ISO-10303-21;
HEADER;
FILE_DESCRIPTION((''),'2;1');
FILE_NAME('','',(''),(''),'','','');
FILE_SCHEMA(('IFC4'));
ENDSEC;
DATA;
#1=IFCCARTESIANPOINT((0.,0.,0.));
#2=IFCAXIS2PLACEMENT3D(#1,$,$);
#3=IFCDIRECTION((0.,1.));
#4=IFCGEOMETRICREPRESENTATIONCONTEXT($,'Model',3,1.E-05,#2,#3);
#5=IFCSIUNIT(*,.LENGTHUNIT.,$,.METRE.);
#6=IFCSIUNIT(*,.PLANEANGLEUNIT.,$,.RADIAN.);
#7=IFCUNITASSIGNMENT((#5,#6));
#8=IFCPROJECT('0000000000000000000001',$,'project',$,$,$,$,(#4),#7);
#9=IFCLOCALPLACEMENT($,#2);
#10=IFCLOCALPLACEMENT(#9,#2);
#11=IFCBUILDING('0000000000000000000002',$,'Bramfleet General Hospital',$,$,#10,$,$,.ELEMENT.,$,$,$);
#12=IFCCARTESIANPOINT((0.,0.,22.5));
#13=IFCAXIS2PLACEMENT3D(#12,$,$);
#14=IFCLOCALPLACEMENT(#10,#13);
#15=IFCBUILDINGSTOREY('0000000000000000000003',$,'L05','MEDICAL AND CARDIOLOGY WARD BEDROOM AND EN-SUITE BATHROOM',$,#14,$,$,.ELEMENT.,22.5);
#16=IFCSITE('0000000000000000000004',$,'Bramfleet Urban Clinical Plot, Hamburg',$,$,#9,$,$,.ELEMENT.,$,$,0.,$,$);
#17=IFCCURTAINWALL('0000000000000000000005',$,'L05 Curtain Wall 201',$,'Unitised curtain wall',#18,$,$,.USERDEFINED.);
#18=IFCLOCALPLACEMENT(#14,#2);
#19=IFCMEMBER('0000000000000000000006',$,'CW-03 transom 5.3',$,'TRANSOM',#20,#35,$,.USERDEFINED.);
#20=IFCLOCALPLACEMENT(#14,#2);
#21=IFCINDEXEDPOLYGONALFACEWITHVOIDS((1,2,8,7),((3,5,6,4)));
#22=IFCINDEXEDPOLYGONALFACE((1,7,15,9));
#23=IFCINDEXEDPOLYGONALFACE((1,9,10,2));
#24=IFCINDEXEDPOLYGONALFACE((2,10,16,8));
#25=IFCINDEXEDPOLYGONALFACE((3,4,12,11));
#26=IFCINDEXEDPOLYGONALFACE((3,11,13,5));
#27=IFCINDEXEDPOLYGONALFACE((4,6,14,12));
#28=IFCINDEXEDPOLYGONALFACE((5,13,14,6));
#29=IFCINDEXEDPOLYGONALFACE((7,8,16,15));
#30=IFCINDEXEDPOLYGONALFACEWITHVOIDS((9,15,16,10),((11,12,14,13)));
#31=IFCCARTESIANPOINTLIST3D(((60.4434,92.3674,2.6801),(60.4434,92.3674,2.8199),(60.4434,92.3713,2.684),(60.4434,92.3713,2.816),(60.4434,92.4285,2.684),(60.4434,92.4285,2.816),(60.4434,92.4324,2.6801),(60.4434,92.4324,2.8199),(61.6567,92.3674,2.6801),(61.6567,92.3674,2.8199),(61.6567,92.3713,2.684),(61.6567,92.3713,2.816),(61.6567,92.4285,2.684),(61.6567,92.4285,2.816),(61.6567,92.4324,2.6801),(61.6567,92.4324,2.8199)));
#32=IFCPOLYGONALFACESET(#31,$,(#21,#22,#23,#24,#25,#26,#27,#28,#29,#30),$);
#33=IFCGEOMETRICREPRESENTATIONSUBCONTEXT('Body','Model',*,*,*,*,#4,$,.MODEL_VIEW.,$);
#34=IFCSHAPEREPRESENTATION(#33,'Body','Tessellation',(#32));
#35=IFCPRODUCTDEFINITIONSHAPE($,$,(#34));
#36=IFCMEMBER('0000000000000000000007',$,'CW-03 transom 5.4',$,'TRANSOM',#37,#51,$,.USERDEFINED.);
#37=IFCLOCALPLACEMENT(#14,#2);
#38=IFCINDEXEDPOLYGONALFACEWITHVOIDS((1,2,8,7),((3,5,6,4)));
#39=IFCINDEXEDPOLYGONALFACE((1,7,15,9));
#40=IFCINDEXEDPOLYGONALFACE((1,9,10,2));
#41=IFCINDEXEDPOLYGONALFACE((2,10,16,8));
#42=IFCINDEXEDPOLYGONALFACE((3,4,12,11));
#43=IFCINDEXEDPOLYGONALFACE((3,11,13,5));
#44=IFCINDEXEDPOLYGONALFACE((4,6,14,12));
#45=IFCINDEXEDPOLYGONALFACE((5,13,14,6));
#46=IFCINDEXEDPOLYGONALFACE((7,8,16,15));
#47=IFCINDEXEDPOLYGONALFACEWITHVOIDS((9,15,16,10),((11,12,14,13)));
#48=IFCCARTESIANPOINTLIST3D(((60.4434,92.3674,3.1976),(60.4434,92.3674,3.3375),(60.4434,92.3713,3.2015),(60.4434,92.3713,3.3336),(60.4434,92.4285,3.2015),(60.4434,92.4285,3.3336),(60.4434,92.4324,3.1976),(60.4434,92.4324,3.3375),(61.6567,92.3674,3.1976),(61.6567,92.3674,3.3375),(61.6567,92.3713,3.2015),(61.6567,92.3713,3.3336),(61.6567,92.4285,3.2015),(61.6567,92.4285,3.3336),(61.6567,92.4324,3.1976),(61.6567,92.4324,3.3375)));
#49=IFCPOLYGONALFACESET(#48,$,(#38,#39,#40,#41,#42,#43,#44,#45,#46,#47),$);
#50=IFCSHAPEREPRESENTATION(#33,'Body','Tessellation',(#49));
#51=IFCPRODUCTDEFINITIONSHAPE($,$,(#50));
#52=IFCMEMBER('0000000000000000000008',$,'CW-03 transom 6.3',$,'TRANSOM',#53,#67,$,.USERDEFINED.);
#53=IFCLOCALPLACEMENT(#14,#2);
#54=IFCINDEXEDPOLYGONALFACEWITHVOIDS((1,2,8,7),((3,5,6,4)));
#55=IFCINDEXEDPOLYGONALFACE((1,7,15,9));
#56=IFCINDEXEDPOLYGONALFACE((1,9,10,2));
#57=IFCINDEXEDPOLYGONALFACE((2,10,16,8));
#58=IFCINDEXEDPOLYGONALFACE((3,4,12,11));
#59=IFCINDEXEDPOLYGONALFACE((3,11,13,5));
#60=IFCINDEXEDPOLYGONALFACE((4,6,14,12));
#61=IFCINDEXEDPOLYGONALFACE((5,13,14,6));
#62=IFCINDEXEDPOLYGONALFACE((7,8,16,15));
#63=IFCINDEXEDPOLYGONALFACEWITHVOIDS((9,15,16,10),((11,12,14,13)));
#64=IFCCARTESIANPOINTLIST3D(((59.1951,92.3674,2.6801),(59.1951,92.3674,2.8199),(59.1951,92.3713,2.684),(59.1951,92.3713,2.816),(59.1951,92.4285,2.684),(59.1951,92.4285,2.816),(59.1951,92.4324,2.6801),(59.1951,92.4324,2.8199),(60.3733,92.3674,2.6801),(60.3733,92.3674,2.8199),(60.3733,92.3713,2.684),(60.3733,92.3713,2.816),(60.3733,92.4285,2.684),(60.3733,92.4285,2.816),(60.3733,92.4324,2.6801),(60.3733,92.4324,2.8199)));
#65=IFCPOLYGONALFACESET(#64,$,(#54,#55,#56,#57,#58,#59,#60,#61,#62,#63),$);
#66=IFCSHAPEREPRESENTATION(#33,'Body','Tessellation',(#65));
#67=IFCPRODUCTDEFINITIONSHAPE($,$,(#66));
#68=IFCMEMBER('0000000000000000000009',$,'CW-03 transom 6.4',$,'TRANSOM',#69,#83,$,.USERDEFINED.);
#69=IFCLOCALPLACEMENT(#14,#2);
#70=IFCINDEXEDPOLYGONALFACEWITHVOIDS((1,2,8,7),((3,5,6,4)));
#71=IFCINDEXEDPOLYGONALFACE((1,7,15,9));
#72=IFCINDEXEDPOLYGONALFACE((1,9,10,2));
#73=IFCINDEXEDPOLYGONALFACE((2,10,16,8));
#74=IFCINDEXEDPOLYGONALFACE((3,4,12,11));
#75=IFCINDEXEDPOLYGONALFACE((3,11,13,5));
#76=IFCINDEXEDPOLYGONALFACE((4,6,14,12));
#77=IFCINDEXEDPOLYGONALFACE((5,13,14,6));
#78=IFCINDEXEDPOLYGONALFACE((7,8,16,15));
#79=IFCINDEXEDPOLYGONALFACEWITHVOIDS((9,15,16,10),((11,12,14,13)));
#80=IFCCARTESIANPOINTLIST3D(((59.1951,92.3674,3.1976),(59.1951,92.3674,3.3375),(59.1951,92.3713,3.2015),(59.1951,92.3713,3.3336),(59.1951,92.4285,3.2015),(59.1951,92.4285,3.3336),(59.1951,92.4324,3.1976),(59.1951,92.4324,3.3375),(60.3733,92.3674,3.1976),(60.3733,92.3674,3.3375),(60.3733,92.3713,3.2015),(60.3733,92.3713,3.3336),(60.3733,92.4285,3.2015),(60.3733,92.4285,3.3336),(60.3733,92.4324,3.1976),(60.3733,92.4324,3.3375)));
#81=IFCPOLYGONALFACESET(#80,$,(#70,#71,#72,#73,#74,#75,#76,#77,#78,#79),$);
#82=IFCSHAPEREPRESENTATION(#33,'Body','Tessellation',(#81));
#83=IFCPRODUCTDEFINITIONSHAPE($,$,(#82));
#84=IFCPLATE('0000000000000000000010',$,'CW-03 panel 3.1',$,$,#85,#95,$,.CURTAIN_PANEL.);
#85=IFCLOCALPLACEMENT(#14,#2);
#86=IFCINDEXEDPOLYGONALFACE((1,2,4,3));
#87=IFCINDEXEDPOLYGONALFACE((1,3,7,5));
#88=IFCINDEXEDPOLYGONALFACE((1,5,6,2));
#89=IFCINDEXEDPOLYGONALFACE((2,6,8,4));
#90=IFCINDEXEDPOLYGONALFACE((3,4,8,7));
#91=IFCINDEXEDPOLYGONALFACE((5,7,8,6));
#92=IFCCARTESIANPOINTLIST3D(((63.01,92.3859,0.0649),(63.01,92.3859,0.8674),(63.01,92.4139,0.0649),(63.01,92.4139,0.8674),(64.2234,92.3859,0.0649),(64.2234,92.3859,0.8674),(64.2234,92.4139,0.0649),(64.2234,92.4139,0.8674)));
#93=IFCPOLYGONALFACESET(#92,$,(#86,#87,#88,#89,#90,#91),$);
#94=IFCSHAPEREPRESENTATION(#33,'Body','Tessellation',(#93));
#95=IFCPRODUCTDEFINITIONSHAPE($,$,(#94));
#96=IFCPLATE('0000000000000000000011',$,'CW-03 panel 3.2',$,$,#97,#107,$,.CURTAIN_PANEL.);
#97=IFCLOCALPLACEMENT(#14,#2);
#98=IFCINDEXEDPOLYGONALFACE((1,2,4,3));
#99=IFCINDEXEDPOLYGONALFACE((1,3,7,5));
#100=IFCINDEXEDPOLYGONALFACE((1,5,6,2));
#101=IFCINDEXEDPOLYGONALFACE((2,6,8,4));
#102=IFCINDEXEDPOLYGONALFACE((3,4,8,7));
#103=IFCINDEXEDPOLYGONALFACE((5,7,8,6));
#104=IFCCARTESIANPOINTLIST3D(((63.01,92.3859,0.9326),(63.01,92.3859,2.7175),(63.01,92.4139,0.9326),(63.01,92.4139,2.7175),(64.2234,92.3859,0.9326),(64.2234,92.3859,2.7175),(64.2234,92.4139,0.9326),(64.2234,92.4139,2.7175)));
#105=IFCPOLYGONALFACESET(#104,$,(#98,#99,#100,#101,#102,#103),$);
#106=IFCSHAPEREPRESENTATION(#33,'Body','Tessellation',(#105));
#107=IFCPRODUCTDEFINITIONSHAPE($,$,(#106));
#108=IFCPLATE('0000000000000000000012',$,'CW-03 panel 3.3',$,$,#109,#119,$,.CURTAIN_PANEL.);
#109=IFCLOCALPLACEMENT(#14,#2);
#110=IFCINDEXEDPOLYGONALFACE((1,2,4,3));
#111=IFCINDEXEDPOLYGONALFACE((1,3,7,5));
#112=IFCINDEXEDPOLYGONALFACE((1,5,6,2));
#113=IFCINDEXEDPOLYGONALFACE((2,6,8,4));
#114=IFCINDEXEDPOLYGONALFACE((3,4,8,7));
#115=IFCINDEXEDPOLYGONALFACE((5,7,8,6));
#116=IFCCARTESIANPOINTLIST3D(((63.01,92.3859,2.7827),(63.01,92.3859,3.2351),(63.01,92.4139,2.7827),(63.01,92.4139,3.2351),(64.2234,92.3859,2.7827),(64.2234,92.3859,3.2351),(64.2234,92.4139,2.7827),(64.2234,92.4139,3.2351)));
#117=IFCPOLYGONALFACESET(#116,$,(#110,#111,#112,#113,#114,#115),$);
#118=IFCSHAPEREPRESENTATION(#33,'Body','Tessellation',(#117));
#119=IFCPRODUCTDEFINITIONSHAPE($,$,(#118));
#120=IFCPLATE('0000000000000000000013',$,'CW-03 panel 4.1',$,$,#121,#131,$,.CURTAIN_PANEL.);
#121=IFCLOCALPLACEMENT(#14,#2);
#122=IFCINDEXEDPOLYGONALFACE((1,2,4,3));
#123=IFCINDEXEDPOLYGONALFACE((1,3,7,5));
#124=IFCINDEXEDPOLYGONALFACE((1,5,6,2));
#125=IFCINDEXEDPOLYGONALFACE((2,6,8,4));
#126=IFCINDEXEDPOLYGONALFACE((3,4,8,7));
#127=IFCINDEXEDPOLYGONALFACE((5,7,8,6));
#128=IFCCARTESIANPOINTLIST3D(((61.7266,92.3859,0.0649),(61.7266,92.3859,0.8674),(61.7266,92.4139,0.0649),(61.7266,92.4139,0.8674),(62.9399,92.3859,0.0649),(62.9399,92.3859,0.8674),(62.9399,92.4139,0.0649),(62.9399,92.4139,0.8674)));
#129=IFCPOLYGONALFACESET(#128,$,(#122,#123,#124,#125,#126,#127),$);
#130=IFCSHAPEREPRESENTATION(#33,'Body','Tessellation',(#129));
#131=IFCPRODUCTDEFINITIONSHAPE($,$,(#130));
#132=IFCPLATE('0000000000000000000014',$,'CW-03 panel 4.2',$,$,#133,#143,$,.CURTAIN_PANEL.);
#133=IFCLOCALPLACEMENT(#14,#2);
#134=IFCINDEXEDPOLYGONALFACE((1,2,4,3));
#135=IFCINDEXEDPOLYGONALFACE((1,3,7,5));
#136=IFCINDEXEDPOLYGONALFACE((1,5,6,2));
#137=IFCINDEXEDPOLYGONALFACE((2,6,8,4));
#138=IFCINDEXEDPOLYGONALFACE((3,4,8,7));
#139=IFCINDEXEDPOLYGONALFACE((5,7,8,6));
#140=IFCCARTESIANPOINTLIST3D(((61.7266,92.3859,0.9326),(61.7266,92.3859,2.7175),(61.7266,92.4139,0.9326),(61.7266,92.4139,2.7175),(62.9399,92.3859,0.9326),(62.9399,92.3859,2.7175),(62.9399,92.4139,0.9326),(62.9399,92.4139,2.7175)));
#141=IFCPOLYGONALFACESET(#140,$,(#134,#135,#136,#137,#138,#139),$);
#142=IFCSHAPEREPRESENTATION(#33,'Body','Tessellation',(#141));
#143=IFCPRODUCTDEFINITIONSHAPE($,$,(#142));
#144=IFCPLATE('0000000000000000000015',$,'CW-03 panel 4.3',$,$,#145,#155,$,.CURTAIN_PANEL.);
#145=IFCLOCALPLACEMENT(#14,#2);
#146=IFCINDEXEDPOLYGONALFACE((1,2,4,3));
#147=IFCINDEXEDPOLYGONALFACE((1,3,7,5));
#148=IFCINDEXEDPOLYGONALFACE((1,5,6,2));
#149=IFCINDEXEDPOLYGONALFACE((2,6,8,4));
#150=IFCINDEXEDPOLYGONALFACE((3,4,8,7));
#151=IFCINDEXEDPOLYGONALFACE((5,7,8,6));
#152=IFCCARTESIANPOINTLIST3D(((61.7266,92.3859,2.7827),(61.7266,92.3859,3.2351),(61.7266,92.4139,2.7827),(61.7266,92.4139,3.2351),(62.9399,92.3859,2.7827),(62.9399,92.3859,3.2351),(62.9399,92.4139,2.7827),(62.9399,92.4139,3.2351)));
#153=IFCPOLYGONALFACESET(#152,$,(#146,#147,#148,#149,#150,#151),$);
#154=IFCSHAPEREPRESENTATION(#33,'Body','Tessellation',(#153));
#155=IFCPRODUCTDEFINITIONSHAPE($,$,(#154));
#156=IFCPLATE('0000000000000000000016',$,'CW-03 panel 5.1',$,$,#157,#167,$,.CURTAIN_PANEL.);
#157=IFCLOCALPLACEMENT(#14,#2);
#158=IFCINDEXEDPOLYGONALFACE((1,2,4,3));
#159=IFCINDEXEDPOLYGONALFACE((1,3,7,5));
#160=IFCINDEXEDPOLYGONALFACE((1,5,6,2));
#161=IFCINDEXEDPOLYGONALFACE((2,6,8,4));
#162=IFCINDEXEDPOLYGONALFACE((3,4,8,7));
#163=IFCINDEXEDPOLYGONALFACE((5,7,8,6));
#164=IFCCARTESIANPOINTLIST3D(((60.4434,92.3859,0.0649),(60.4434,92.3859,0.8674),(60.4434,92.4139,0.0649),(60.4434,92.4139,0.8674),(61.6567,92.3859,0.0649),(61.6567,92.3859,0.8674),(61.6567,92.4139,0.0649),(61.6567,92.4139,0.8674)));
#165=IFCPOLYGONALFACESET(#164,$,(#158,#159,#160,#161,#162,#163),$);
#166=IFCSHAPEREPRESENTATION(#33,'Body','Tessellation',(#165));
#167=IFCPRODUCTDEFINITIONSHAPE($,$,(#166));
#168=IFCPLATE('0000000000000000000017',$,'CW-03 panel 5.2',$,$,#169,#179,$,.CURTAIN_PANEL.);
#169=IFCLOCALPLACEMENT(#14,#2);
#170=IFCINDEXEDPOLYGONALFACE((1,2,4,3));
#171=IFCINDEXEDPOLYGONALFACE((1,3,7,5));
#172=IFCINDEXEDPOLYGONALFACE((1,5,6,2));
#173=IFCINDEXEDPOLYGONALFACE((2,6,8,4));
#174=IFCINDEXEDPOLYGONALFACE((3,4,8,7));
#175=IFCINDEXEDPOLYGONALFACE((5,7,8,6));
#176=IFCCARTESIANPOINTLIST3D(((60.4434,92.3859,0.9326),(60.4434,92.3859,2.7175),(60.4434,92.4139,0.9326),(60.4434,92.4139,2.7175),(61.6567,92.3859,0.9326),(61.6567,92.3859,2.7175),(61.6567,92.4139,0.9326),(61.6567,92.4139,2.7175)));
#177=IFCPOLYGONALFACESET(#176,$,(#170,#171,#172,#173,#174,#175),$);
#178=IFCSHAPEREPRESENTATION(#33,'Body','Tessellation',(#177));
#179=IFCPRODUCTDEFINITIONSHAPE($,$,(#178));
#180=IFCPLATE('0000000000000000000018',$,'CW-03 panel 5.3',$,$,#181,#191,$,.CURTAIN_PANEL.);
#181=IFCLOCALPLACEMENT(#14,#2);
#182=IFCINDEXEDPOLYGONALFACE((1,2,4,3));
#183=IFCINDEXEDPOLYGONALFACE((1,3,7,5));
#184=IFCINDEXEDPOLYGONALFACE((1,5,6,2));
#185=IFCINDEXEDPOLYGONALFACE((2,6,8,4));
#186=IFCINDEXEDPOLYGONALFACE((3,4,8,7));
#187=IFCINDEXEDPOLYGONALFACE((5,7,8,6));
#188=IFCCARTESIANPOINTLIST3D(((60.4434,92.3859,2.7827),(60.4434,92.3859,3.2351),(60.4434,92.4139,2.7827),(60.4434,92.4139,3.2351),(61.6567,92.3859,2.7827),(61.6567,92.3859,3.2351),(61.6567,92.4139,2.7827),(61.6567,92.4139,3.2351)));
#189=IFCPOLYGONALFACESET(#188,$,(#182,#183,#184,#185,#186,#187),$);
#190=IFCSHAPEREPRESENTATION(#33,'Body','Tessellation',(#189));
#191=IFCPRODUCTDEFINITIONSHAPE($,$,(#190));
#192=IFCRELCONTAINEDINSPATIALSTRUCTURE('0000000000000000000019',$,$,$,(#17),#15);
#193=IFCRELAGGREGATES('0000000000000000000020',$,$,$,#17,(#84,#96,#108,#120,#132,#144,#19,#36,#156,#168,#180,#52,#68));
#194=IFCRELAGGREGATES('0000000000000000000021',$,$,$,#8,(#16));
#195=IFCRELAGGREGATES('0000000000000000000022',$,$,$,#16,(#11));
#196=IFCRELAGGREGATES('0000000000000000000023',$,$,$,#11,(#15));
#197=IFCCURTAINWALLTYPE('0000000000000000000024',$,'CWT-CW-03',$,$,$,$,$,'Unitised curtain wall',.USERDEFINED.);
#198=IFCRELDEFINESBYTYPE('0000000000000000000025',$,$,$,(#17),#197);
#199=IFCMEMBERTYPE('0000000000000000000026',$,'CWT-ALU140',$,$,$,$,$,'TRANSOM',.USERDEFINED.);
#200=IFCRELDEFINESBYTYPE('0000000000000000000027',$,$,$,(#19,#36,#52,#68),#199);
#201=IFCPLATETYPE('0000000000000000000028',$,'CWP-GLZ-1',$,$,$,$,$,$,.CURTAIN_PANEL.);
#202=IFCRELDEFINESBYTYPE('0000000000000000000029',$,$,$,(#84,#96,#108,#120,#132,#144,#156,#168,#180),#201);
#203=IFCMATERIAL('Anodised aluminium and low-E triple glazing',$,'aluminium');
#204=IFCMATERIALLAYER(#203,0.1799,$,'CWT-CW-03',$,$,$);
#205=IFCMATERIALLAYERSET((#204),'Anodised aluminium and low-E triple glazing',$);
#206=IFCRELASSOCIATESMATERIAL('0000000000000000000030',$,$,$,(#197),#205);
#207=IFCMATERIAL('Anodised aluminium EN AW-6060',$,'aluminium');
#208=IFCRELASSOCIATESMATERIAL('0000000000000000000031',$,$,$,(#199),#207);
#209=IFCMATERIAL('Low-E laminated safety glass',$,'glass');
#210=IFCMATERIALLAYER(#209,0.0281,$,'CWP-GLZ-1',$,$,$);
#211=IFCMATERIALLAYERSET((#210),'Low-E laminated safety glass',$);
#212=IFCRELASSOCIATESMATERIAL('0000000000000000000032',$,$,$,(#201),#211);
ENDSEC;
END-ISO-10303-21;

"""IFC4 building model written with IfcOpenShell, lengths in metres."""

from ifc_helpers import new_model, si_unit, direction, frame, origin, origin_2d, place, context, subcontext, project, spatial, rectangle, hollow_rectangle, extrude, material, layer, layer_set, material_profile, profile_set, type_object, element, aggregate, save


model = new_model("IFC4")

# Units and contexts
model_context = context("Model", 3, precision=1e-05, world=origin(), true_north=direction((0.0, 1.0)))
body_context = subcontext(model_context, "Body", "Model", "MODEL_VIEW")
ifc_project = project(units=[si_unit("LENGTHUNIT", "METRE"), si_unit("PLANEANGLEUNIT", "RADIAN")], contexts=[model_context])

# Site, building, storey
site_placement = place(None, origin())
site = spatial("IfcSite", under=ifc_project, at=site_placement, Name="Bramfleet Urban Clinical Plot, Hamburg", CompositionType="ELEMENT", RefElevation=0.0)
building_placement = place(site_placement, origin())
building = spatial("IfcBuilding", under=site, at=building_placement, Name="Bramfleet General Hospital", CompositionType="ELEMENT")
storey_placement = place(building_placement, frame((0.0, 0.0, 22.5)))
storey = spatial("IfcBuildingStorey", under=building, at=storey_placement, Name="L05", Description="MEDICAL AND CARDIOLOGY WARD BEDROOM AND EN-SUITE BATHROOM", CompositionType="ELEMENT", Elevation=22.5)

# Curtain wall, members, plates
ifc_material_1 = material(Name="Anodised aluminium and low-E triple glazing", Category="aluminium")
ifc_layer_1 = layer(ifc_material_1, 0.1799, Name="CWT-CW-03")
ifc_layer_set_1 = layer_set([ifc_layer_1], Name="Anodised aluminium and low-E triple glazing")
curtain_wall_type = type_object("IfcCurtainWallType", Name="CWT-CW-03", ElementType="Unitised curtain wall", PredefinedType="USERDEFINED", material=ifc_layer_set_1)
curtain_wall_placement = place(storey_placement, origin())
curtain_wall = element("IfcCurtainWall", 1, at=curtain_wall_placement, inside=storey, type_object=curtain_wall_type, Name="L05 Curtain Wall 201", ObjectType="Unitised curtain wall", PredefinedType="USERDEFINED")
ifc_material_2 = material(Name="Anodised aluminium EN AW-6060", Category="aluminium")
ifc_material_profile_1 = material_profile(ifc_material_2, hollow_rectangle(XDim=0.0649, YDim=0.1399, WallThickness=0.0039, at=origin_2d()), Name="ALU 140x65x4.0")
ifc_profile_set_1 = profile_set([ifc_material_profile_1], Name="Anodised aluminium EN AW-6060")
member_type_1 = type_object("IfcMemberType", Name="CWT-ALU140", ElementType="TRANSOM", PredefinedType="USERDEFINED", material=ifc_profile_set_1)
member_1_placement = place(storey_placement, frame((61.6567, 92.3999, 2.75), z_axis=(-1.0, 0.0, 0.0), x_axis=(0.0, -1.0, 0.0)))
member_1 = element("IfcMember", 2, at=member_1_placement, type_object=member_type_1, Name="CW-03 transom 5.3", ObjectType="TRANSOM", PredefinedType="USERDEFINED", context=body_context, shape_type="SweptSolid", body=[
    extrude(hollow_rectangle(XDim=0.0649, YDim=0.1399, WallThickness=0.0039, at=origin_2d()), origin(), (0.0, 0.0, 1.0), 1.2134),
])
member_2_placement = place(storey_placement, frame((61.6567, 92.3999, 3.2676), z_axis=(-1.0, 0.0, 0.0), x_axis=(0.0, -1.0, 0.0)))
member_2 = element("IfcMember", 3, at=member_2_placement, type_object=member_type_1, Name="CW-03 transom 5.4", ObjectType="TRANSOM", PredefinedType="USERDEFINED", context=body_context, shape_type="SweptSolid", body=[
    extrude(hollow_rectangle(XDim=0.0649, YDim=0.1399, WallThickness=0.0039, at=origin_2d()), origin(), (0.0, 0.0, 1.0), 1.2134),
])
member_3_placement = place(storey_placement, frame((60.3733, 92.3999, 2.75), z_axis=(-1.0, 0.0, 0.0), x_axis=(0.0, -1.0, 0.0)))
member_3 = element("IfcMember", 4, at=member_3_placement, type_object=member_type_1, Name="CW-03 transom 6.3", ObjectType="TRANSOM", PredefinedType="USERDEFINED", context=body_context, shape_type="SweptSolid", body=[
    extrude(hollow_rectangle(XDim=0.0649, YDim=0.1399, WallThickness=0.0039, at=origin_2d()), origin(), (0.0, 0.0, 1.0), 1.1782),
])
member_4_placement = place(storey_placement, frame((60.3733, 92.3999, 3.2676), z_axis=(-1.0, 0.0, 0.0), x_axis=(0.0, -1.0, 0.0)))
member_4 = element("IfcMember", 5, at=member_4_placement, type_object=member_type_1, Name="CW-03 transom 6.4", ObjectType="TRANSOM", PredefinedType="USERDEFINED", context=body_context, shape_type="SweptSolid", body=[
    extrude(hollow_rectangle(XDim=0.0649, YDim=0.1399, WallThickness=0.0039, at=origin_2d()), origin(), (0.0, 0.0, 1.0), 1.1782),
])
ifc_material_3 = material(Name="Low-E laminated safety glass", Category="glass")
ifc_layer_2 = layer(ifc_material_3, 0.0281, Name="CWP-GLZ-1")
ifc_layer_set_2 = layer_set([ifc_layer_2], Name="Low-E laminated safety glass")
plate_type = type_object("IfcPlateType", Name="CWP-GLZ-1", PredefinedType="CURTAIN_PANEL", material=ifc_layer_set_2)
plate_1_placement = place(storey_placement, frame((63.6167, 92.3999, 0.0649), z_axis=(0.0, 0.0, 1.0), x_axis=(-1.0, 0.0, 0.0)))
plate_1 = element("IfcPlate", 6, at=plate_1_placement, type_object=plate_type, Name="CW-03 panel 3.1", PredefinedType="CURTAIN_PANEL", context=body_context, shape_type="SweptSolid", body=[
    extrude(rectangle(XDim=1.2134, YDim=0.0281, at=origin_2d()), origin(), (0.0, 0.0, 1.0), 0.8025),
])
plate_2_placement = place(storey_placement, frame((63.6167, 92.3999, 0.9326), z_axis=(0.0, 0.0, 1.0), x_axis=(-1.0, 0.0, 0.0)))
plate_2 = element("IfcPlate", 7, at=plate_2_placement, type_object=plate_type, Name="CW-03 panel 3.2", PredefinedType="CURTAIN_PANEL", context=body_context, shape_type="SweptSolid", body=[
    extrude(rectangle(XDim=1.2134, YDim=0.0281, at=origin_2d()), origin(), (0.0, 0.0, 1.0), 1.7849),
])
plate_3_placement = place(storey_placement, frame((63.6167, 92.3999, 2.7827), z_axis=(0.0, 0.0, 1.0), x_axis=(-1.0, 0.0, 0.0)))
plate_3 = element("IfcPlate", 8, at=plate_3_placement, type_object=plate_type, Name="CW-03 panel 3.3", PredefinedType="CURTAIN_PANEL", context=body_context, shape_type="SweptSolid", body=[
    extrude(rectangle(XDim=1.2134, YDim=0.0281, at=origin_2d()), origin(), (0.0, 0.0, 1.0), 0.4524),
])
plate_4_placement = place(storey_placement, frame((62.3333, 92.3999, 0.0649), z_axis=(0.0, 0.0, 1.0), x_axis=(-1.0, 0.0, 0.0)))
plate_4 = element("IfcPlate", 9, at=plate_4_placement, type_object=plate_type, Name="CW-03 panel 4.1", PredefinedType="CURTAIN_PANEL", context=body_context, shape_type="SweptSolid", body=[
    extrude(rectangle(XDim=1.2134, YDim=0.0281, at=origin_2d()), origin(), (0.0, 0.0, 1.0), 0.8025),
])
plate_5_placement = place(storey_placement, frame((62.3333, 92.3999, 0.9326), z_axis=(0.0, 0.0, 1.0), x_axis=(-1.0, 0.0, 0.0)))
plate_5 = element("IfcPlate", 10, at=plate_5_placement, type_object=plate_type, Name="CW-03 panel 4.2", PredefinedType="CURTAIN_PANEL", context=body_context, shape_type="SweptSolid", body=[
    extrude(rectangle(XDim=1.2134, YDim=0.0281, at=origin_2d()), origin(), (0.0, 0.0, 1.0), 1.7849),
])
plate_6_placement = place(storey_placement, frame((62.3333, 92.3999, 2.7827), z_axis=(0.0, 0.0, 1.0), x_axis=(-1.0, 0.0, 0.0)))
plate_6 = element("IfcPlate", 11, at=plate_6_placement, type_object=plate_type, Name="CW-03 panel 4.3", PredefinedType="CURTAIN_PANEL", context=body_context, shape_type="SweptSolid", body=[
    extrude(rectangle(XDim=1.2134, YDim=0.0281, at=origin_2d()), origin(), (0.0, 0.0, 1.0), 0.4524),
])
plate_7_placement = place(storey_placement, frame((61.05, 92.3999, 0.0649), z_axis=(0.0, 0.0, 1.0), x_axis=(-1.0, 0.0, 0.0)))
plate_7 = element("IfcPlate", 12, at=plate_7_placement, type_object=plate_type, Name="CW-03 panel 5.1", PredefinedType="CURTAIN_PANEL", context=body_context, shape_type="SweptSolid", body=[
    extrude(rectangle(XDim=1.2134, YDim=0.0281, at=origin_2d()), origin(), (0.0, 0.0, 1.0), 0.8025),
])
plate_8_placement = place(storey_placement, frame((61.05, 92.3999, 0.9326), z_axis=(0.0, 0.0, 1.0), x_axis=(-1.0, 0.0, 0.0)))
plate_8 = element("IfcPlate", 13, at=plate_8_placement, type_object=plate_type, Name="CW-03 panel 5.2", PredefinedType="CURTAIN_PANEL", context=body_context, shape_type="SweptSolid", body=[
    extrude(rectangle(XDim=1.2134, YDim=0.0281, at=origin_2d()), origin(), (0.0, 0.0, 1.0), 1.7849),
])
plate_9_placement = place(storey_placement, frame((61.05, 92.3999, 2.7827), z_axis=(0.0, 0.0, 1.0), x_axis=(-1.0, 0.0, 0.0)))
plate_9 = element("IfcPlate", 14, at=plate_9_placement, type_object=plate_type, Name="CW-03 panel 5.3", PredefinedType="CURTAIN_PANEL", context=body_context, shape_type="SweptSolid", body=[
    extrude(rectangle(XDim=1.2134, YDim=0.0281, at=origin_2d()), origin(), (0.0, 0.0, 1.0), 0.4524),
])
aggregate(curtain_wall, [plate_1, plate_2, plate_3, plate_4, plate_5, plate_6, member_1, member_2, plate_7, plate_8, plate_9, member_3, member_4])

save(model, "model.ifc")
